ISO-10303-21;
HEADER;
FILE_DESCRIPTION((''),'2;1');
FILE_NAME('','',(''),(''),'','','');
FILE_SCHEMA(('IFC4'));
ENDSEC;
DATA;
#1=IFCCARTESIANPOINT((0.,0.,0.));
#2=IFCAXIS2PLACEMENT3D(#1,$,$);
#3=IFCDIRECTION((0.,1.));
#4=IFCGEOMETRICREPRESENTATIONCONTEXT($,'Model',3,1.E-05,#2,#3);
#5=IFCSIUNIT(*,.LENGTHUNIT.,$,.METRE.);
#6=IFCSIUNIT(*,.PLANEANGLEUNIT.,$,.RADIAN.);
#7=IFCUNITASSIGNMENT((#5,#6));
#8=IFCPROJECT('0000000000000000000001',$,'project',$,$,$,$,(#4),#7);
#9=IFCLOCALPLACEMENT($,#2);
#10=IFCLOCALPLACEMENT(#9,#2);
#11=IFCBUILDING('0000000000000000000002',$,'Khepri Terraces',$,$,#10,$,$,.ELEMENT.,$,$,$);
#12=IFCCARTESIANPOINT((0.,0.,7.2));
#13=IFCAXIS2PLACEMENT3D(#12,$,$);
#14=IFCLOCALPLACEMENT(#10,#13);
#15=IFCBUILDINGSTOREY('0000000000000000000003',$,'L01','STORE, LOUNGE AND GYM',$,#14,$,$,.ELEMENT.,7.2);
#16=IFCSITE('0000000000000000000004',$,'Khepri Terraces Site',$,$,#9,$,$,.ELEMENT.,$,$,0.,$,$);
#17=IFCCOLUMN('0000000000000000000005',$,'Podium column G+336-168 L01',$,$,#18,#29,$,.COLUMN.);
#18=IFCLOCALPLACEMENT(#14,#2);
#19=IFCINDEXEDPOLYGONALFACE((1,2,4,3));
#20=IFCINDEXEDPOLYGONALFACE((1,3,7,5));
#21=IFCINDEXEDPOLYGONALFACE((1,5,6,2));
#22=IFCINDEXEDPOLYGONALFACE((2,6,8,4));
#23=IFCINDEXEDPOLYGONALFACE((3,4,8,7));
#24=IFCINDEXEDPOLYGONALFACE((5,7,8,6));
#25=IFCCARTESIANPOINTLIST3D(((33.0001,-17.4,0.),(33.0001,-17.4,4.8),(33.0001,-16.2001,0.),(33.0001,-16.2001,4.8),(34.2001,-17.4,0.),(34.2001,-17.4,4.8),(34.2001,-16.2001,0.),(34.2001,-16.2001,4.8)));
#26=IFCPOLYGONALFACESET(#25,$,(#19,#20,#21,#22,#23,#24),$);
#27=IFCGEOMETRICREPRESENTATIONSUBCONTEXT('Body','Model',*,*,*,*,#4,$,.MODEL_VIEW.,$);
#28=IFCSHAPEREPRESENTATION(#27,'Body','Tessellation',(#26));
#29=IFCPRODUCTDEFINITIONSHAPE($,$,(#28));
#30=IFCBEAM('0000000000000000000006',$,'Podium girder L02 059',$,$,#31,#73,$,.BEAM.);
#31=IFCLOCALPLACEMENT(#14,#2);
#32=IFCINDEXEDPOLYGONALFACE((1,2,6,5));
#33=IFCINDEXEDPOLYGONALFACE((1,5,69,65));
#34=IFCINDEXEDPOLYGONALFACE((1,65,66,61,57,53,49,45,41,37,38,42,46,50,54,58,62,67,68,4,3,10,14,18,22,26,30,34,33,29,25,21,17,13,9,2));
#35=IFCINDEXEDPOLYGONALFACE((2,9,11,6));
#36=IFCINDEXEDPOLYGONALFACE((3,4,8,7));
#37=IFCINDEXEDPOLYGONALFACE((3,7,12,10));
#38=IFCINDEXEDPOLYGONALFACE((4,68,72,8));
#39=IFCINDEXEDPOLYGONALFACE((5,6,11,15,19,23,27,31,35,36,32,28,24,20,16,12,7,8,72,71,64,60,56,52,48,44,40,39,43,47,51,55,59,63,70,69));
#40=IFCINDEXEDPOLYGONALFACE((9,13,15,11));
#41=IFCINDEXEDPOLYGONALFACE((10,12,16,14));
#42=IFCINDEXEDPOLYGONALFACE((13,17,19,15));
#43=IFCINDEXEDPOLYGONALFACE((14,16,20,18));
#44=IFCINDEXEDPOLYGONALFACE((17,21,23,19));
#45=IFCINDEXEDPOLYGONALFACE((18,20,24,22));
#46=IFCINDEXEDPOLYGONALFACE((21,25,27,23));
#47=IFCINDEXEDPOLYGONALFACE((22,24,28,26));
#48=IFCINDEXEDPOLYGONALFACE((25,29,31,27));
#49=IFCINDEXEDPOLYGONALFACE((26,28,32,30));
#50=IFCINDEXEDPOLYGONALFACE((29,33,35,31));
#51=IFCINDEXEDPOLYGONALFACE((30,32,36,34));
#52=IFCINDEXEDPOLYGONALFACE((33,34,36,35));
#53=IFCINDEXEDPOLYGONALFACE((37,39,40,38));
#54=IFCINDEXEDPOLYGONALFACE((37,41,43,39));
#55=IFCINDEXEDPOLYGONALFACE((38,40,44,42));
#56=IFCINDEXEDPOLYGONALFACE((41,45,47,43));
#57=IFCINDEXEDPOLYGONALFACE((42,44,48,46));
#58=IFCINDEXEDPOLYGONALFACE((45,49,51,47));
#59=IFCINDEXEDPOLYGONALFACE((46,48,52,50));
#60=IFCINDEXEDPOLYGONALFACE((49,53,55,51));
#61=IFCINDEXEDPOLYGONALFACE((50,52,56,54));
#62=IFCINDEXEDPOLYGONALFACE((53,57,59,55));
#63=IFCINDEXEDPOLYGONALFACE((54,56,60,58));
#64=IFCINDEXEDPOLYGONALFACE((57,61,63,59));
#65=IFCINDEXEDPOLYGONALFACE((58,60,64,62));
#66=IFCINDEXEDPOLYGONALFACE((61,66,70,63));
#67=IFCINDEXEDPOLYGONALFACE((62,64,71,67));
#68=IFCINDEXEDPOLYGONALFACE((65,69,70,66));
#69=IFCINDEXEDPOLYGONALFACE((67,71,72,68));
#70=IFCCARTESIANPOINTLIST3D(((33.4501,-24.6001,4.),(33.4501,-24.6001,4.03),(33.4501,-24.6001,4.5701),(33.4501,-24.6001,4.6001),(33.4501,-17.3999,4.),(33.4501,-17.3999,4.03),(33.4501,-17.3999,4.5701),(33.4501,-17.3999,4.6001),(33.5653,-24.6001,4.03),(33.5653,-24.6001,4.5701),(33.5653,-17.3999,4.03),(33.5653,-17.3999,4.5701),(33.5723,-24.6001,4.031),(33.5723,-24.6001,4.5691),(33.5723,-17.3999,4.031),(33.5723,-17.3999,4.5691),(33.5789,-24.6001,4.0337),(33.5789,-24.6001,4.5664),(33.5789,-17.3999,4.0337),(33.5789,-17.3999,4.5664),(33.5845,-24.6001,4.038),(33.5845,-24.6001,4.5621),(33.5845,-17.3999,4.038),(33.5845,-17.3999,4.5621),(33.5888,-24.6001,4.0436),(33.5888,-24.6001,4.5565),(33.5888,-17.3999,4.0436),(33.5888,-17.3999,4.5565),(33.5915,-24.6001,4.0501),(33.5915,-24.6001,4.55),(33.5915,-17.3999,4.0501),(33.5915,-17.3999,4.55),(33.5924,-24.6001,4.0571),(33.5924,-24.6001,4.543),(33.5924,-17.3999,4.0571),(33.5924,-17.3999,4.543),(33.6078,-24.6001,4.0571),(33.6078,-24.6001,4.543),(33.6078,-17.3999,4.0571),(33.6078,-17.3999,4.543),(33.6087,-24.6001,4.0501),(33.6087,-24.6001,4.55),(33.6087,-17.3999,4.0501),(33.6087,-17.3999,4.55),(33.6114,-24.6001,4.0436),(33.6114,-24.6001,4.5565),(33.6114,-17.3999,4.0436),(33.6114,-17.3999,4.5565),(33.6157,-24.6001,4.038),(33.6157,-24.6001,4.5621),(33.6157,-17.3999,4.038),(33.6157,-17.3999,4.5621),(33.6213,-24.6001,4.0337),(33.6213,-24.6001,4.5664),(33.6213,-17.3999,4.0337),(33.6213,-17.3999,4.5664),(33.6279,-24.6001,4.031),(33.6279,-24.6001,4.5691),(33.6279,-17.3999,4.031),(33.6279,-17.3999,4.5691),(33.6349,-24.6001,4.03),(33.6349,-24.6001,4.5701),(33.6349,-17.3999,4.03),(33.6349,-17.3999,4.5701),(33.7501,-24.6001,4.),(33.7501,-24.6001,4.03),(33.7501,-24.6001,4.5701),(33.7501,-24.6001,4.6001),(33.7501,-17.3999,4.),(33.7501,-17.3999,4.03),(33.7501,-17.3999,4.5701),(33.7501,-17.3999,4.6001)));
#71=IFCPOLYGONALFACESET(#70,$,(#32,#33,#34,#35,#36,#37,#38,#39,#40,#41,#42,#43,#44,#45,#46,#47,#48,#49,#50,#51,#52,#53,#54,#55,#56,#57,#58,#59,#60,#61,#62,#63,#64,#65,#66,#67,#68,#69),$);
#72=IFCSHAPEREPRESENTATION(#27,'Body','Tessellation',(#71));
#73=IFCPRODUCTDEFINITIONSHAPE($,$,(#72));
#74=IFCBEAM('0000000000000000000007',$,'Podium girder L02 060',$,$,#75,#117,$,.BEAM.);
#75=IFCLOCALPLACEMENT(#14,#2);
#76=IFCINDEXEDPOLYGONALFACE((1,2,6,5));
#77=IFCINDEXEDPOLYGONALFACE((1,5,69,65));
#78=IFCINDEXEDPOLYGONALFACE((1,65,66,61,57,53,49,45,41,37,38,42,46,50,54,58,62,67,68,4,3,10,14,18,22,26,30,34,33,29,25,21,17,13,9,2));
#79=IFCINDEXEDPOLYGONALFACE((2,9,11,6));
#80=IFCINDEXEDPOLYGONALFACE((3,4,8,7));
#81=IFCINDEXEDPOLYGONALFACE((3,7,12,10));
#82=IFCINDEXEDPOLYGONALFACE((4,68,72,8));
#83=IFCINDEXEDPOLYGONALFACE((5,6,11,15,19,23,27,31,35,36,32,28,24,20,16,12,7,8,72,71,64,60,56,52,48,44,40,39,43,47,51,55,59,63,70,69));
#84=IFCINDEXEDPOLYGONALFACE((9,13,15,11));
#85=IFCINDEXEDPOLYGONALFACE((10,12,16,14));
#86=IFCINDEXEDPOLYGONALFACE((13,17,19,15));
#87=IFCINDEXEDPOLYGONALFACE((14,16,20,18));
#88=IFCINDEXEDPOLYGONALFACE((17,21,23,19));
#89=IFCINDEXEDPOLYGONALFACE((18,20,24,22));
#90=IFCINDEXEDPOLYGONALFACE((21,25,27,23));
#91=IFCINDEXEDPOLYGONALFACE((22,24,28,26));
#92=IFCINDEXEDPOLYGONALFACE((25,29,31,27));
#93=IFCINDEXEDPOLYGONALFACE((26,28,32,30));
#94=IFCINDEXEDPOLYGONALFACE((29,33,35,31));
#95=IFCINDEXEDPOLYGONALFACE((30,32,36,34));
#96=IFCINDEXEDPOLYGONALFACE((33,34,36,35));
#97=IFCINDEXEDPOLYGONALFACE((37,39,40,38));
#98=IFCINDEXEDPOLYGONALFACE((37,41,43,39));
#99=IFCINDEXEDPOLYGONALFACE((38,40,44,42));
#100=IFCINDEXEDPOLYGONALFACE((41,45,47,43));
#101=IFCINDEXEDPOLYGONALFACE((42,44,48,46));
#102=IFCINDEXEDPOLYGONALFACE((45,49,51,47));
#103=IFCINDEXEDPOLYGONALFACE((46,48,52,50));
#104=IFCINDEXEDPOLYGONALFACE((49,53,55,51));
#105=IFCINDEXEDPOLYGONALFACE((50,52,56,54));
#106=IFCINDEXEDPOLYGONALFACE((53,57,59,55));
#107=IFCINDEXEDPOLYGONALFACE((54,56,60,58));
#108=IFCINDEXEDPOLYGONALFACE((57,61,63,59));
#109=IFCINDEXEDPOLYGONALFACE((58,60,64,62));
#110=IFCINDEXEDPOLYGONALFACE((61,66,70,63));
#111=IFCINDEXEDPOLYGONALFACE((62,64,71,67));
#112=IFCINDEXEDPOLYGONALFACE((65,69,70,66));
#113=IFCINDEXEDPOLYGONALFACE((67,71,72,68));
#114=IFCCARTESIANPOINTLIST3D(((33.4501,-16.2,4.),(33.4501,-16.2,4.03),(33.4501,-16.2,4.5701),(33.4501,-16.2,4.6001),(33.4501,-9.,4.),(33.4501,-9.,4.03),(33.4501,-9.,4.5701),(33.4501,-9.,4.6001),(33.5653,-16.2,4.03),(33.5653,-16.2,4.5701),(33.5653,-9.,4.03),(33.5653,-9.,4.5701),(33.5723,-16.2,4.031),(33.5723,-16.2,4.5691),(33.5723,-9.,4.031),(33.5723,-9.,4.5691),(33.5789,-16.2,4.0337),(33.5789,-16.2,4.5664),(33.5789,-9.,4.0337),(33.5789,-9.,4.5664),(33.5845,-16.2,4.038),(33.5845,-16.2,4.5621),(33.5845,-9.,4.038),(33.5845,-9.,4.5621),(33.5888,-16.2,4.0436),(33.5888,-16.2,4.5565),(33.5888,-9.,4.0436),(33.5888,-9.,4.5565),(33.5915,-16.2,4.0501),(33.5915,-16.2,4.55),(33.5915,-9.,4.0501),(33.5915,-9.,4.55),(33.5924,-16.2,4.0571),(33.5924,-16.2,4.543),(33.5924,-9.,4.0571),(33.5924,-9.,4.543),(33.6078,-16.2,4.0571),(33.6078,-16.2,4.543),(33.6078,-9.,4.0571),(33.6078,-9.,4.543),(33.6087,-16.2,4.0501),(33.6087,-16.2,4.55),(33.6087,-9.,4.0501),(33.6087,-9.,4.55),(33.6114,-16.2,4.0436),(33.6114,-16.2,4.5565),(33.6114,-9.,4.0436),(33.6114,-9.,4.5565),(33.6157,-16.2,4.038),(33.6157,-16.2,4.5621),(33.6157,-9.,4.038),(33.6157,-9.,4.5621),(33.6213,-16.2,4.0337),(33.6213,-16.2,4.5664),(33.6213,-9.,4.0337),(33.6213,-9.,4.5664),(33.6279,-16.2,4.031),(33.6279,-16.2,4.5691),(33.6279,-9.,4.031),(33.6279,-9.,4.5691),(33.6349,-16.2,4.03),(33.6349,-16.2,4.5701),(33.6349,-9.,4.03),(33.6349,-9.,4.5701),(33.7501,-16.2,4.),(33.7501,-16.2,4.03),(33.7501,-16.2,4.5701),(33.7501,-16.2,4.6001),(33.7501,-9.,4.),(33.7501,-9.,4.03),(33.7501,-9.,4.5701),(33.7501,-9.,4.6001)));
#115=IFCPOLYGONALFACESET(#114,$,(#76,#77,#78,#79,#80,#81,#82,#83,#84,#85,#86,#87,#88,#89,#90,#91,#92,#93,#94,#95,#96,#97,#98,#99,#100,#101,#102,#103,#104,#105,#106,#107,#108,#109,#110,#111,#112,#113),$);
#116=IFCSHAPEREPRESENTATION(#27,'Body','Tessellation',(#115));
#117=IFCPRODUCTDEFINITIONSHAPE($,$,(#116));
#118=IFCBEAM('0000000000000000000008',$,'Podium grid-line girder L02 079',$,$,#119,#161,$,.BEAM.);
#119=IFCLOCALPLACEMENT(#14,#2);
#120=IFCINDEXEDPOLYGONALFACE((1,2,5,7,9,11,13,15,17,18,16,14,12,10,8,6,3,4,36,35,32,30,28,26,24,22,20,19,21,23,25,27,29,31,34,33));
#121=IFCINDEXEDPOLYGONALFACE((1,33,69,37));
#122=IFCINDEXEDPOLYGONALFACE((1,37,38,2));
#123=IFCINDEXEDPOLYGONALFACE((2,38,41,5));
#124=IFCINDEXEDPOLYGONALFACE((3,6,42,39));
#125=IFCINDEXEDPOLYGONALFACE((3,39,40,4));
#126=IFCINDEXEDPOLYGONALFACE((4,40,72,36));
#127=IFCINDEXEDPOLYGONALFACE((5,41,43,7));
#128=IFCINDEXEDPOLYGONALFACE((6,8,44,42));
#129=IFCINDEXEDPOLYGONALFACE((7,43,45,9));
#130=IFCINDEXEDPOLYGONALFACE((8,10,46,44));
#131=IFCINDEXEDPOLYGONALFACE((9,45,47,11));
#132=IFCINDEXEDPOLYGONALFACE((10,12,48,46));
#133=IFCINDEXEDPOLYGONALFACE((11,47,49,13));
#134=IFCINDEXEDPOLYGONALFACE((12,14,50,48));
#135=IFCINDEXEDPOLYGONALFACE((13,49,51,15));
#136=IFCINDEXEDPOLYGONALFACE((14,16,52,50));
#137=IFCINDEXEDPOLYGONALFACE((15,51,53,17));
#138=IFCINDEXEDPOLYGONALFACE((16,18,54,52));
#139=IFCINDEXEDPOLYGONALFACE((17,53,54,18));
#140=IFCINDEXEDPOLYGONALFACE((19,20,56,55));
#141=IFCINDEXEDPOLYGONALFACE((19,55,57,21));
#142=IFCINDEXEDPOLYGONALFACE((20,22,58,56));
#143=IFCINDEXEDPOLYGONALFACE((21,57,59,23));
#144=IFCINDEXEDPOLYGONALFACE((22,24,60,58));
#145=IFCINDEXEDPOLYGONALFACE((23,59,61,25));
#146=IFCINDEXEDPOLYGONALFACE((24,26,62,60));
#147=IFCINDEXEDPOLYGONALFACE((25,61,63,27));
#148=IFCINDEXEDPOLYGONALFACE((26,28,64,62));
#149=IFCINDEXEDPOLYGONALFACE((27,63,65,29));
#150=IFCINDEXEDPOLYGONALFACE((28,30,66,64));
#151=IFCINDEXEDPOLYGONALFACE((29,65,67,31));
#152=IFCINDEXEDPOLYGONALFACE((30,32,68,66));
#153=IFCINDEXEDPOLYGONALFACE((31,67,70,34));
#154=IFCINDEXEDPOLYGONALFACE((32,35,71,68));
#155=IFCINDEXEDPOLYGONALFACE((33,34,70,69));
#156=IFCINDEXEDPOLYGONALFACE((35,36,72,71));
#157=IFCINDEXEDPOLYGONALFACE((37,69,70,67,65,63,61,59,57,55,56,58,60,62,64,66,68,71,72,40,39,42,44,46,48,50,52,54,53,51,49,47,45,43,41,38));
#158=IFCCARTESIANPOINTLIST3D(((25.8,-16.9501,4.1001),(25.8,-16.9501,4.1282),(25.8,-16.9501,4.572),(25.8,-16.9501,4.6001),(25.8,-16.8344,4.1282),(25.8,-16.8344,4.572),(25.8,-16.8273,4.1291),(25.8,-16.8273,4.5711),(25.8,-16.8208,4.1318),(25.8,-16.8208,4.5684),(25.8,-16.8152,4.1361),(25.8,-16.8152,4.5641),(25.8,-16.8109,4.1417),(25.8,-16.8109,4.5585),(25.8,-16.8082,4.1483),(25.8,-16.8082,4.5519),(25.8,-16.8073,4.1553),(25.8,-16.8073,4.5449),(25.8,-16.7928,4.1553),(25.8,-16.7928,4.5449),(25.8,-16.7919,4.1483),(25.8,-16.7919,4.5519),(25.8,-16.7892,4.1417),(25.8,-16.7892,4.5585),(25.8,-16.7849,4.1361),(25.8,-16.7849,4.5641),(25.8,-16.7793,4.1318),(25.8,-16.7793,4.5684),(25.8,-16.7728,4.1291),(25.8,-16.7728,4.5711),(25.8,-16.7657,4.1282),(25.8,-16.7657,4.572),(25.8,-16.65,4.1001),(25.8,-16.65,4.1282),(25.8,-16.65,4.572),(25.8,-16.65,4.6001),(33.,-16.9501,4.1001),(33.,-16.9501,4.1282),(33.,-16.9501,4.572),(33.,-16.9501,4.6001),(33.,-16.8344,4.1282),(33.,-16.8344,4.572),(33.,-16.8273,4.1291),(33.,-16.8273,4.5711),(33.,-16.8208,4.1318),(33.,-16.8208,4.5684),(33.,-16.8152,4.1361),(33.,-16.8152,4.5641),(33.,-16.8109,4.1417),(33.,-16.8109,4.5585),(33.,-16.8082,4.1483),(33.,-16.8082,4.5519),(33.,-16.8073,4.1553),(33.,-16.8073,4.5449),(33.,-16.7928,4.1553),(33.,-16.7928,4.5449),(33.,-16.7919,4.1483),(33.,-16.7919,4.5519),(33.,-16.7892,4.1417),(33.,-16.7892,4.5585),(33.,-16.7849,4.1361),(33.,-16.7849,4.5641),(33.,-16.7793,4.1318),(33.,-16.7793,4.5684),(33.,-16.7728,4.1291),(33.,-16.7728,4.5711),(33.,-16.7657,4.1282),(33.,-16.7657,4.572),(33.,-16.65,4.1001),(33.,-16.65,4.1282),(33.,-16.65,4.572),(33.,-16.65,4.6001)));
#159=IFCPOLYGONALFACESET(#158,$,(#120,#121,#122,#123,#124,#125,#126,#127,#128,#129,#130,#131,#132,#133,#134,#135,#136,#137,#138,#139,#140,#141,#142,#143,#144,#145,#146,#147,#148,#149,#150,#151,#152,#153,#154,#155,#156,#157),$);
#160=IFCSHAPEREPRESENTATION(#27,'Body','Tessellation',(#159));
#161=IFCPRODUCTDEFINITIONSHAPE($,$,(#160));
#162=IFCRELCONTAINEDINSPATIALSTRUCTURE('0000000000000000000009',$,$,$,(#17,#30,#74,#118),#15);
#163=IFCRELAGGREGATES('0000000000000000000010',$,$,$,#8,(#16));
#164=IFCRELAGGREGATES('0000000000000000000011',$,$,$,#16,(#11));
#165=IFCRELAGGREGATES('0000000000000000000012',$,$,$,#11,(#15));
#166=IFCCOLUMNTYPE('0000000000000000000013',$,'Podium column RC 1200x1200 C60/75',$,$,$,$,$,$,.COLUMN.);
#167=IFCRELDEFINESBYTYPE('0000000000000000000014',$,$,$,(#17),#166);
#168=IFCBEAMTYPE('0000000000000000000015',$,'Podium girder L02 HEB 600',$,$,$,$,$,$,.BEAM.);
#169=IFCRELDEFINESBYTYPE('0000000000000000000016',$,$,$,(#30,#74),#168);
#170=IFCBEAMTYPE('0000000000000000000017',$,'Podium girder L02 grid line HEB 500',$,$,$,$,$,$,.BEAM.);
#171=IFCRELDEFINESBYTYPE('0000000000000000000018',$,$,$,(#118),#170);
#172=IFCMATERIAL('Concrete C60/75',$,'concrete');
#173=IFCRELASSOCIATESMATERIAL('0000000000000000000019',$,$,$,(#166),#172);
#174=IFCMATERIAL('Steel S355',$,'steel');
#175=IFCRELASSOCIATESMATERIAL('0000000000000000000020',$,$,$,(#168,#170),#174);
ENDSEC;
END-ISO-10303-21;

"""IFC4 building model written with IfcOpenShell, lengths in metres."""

from ifc_helpers import new_model, si_unit, direction, frame, origin, origin_2d, place, context, subcontext, project, spatial, rectangle, i_section, extrude, material, material_profile, profile_set, type_object, element, save


model = new_model("IFC4")

# Units and contexts
model_context = context("Model", 3, precision=1e-05, world=origin(), true_north=direction((0.0, 1.0)))
body_context = subcontext(model_context, "Body", "Model", "MODEL_VIEW")
ifc_project = project(units=[si_unit("LENGTHUNIT", "METRE"), si_unit("PLANEANGLEUNIT", "RADIAN")], contexts=[model_context])

# Site, building, storey
site_placement = place(None, origin())
site = spatial("IfcSite", under=ifc_project, at=site_placement, Name="Khepri Terraces Site", CompositionType="ELEMENT", RefElevation=0.0)
building_placement = place(site_placement, origin())
building = spatial("IfcBuilding", under=site, at=building_placement, Name="Khepri Terraces", CompositionType="ELEMENT")
storey_placement = place(building_placement, frame((0.0, 0.0, 7.2)))
storey = spatial("IfcBuildingStorey", under=building, at=storey_placement, Name="L01", Description="STORE, LOUNGE AND GYM", CompositionType="ELEMENT", Elevation=7.2)

# Column
ifc_material_1 = material(Name="Concrete C60/75", Category="concrete")
ifc_material_profile_1 = material_profile(ifc_material_1, rectangle(XDim=1.2, YDim=1.2, at=origin_2d()), Name="Concrete C60/75", Category="concrete")
ifc_profile_set_1 = profile_set([ifc_material_profile_1], Name="Concrete C60/75")
column_type = type_object("IfcColumnType", Name="Podium column RC 1200x1200 C60/75", PredefinedType="COLUMN", material=ifc_profile_set_1)
column_placement = place(storey_placement, frame((33.6001, -16.8, 0.0), z_axis=(0.0, 0.0, 1.0), x_axis=(1.0, 0.0, 0.0)))
element("IfcColumn", 1, at=column_placement, inside=storey, type_object=column_type, Name="Podium column G+336-168 L01", PredefinedType="COLUMN", context=body_context, shape_type="SweptSolid", body=[
    extrude(rectangle(XDim=1.2, YDim=1.2, at=origin_2d()), origin(), (0.0, 0.0, 1.0), 4.8),
])

# Beams
ifc_material_2 = material(Name="Steel S355", Category="steel")
ifc_material_profile_2 = material_profile(ifc_material_2, i_section(OverallWidth=0.3, OverallDepth=0.6001, WebThickness=0.0154, FlangeThickness=0.03, FilletRadius=0.0271, at=origin_2d()), Name="Steel S355", Category="steel")
ifc_profile_set_2 = profile_set([ifc_material_profile_2], Name="Steel S355")
beam_type_1 = type_object("IfcBeamType", Name="Podium girder L02 HEB 600", PredefinedType="BEAM", material=ifc_profile_set_2)
beam_1_placement = place(storey_placement, frame((33.6001, -24.6001, 4.3), z_axis=(0.0, 1.0, 0.0), x_axis=(-1.0, 0.0, 0.0)))
element("IfcBeam", 2, at=beam_1_placement, inside=storey, type_object=beam_type_1, Name="Podium girder L02 059", PredefinedType="BEAM", context=body_context, shape_type="SweptSolid", body=[
    extrude(i_section(OverallWidth=0.3, OverallDepth=0.6001, WebThickness=0.0154, FlangeThickness=0.03, FilletRadius=0.0271, at=origin_2d()), origin(), (0.0, 0.0, 1.0), 7.2002),
])
beam_2_placement = place(storey_placement, frame((33.6001, -16.2, 4.3), z_axis=(0.0, 1.0, 0.0), x_axis=(-1.0, 0.0, 0.0)))
element("IfcBeam", 3, at=beam_2_placement, inside=storey, type_object=beam_type_1, Name="Podium girder L02 060", PredefinedType="BEAM", context=body_context, shape_type="SweptSolid", body=[
    extrude(i_section(OverallWidth=0.3, OverallDepth=0.6001, WebThickness=0.0154, FlangeThickness=0.03, FilletRadius=0.0271, at=origin_2d()), origin(), (0.0, 0.0, 1.0), 7.2),
])
ifc_material_profile_3 = material_profile(ifc_material_2, i_section(OverallWidth=0.3, OverallDepth=0.5, WebThickness=0.0144, FlangeThickness=0.0281, FilletRadius=0.0271, at=origin_2d()), Name="Steel S355", Category="steel")
ifc_profile_set_3 = profile_set([ifc_material_profile_3], Name="Steel S355")
beam_type_2 = type_object("IfcBeamType", Name="Podium girder L02 grid line HEB 500", PredefinedType="BEAM", material=ifc_profile_set_3)
beam_3_placement = place(storey_placement, frame((25.8, -16.8, 4.3501), z_axis=(1.0, 0.0, 0.0), x_axis=(0.0, 1.0, 0.0)))
element("IfcBeam", 4, at=beam_3_placement, inside=storey, type_object=beam_type_2, Name="Podium grid-line girder L02 079", PredefinedType="BEAM", context=body_context, shape_type="SweptSolid", body=[
    extrude(i_section(OverallWidth=0.3, OverallDepth=0.5, WebThickness=0.0144, FlangeThickness=0.0281, FilletRadius=0.0271, at=origin_2d()), origin(), (0.0, 0.0, 1.0), 7.2),
])

save(model, "model.ifc")
